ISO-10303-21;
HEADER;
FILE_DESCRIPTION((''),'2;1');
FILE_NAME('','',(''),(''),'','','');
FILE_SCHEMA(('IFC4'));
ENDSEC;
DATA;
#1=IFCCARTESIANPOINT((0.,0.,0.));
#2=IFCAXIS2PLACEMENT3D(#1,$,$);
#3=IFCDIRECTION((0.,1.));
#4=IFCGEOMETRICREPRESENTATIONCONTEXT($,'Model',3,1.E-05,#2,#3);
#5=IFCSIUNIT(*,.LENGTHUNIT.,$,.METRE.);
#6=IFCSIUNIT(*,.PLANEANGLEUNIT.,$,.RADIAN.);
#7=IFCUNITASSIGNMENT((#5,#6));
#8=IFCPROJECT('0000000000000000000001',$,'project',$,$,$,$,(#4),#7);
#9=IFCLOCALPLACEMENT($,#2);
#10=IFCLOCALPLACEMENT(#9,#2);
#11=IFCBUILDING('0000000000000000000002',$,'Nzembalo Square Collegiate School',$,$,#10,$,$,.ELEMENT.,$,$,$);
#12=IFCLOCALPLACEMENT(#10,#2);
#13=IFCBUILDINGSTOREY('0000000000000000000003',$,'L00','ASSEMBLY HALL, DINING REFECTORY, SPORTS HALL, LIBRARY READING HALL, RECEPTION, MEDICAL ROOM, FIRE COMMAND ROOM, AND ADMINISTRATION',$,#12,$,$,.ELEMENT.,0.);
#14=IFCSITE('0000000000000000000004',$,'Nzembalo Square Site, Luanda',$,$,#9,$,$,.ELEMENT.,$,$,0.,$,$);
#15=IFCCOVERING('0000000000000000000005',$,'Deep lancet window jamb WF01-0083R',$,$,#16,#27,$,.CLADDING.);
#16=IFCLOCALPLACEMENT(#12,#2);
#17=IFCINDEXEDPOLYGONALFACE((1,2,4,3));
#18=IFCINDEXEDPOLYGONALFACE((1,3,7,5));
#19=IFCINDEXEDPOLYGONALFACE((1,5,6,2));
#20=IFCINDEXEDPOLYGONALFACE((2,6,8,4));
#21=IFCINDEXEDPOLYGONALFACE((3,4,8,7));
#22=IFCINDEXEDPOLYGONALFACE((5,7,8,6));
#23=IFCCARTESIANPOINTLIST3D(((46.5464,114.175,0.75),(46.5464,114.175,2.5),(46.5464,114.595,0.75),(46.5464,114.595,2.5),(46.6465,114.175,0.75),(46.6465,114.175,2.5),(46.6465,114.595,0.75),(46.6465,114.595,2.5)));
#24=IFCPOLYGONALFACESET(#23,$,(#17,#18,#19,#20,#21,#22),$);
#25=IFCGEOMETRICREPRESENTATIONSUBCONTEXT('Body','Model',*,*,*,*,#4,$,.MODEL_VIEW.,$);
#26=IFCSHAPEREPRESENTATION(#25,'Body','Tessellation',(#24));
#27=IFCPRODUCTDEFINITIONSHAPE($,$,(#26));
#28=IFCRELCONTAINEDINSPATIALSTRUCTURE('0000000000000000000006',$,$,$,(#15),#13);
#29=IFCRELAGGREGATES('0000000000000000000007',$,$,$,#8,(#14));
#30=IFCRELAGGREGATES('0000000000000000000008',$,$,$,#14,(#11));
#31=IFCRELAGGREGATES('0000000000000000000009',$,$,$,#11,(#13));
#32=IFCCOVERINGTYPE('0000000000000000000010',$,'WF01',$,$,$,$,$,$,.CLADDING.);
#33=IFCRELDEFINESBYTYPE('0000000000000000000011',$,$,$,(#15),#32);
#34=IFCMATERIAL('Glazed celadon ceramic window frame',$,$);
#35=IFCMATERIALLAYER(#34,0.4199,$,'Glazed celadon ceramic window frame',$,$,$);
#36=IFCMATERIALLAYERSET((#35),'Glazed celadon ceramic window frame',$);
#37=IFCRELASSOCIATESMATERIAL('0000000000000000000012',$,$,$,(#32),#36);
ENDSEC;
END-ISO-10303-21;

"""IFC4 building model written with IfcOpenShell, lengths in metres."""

from ifc_helpers import new_model, si_unit, direction, frame, origin, origin_2d, place, context, subcontext, project, spatial, rectangle, extrude, material, layer, layer_set, type_object, element, save


model = new_model("IFC4")

# Units and contexts
model_context = context("Model", 3, precision=1e-05, world=origin(), true_north=direction((0.0, 1.0)))
body_context = subcontext(model_context, "Body", "Model", "MODEL_VIEW")
ifc_project = project(units=[si_unit("LENGTHUNIT", "METRE"), si_unit("PLANEANGLEUNIT", "RADIAN")], contexts=[model_context])

# Site, building, storey
site_placement = place(None, origin())
site = spatial("IfcSite", under=ifc_project, at=site_placement, Name="Nzembalo Square Site, Luanda", CompositionType="ELEMENT", RefElevation=0.0)
building_placement = place(site_placement, origin())
building = spatial("IfcBuilding", under=site, at=building_placement, Name="Nzembalo Square Collegiate School", CompositionType="ELEMENT")
storey_placement = place(building_placement, origin())
storey = spatial("IfcBuildingStorey", under=building, at=storey_placement, Name="L00", Description="ASSEMBLY HALL, DINING REFECTORY, SPORTS HALL, LIBRARY READING HALL, RECEPTION, MEDICAL ROOM, FIRE COMMAND ROOM, AND ADMINISTRATION", CompositionType="ELEMENT", Elevation=0.0)

# Covering
ifc_material_1 = material(Name="Glazed celadon ceramic window frame")
ifc_layer_1 = layer(ifc_material_1, 0.4199, Name="Glazed celadon ceramic window frame")
ifc_layer_set_1 = layer_set([ifc_layer_1], Name="Glazed celadon ceramic window frame")
covering_type = type_object("IfcCoveringType", Name="WF01", PredefinedType="CLADDING", material=ifc_layer_set_1)
for number, where, z_axis, x_axis, name in (
    (1, (46.5964, 114.385, 0.75), (0.0, 0.0, 1.0), (1.0, 0.0, 0.0), "Deep lancet window jamb WF01-0083R"),
):
    element("IfcCovering", number, at=place(storey_placement, frame(where, z_axis=z_axis, x_axis=x_axis)), inside=storey, type_object=covering_type, Name=name, PredefinedType="CLADDING", context=body_context, shape_type="SweptSolid", body=[
        extrude(rectangle(XDim=0.1001, YDim=0.4199, at=origin_2d()), origin(), (0.0, 0.0, 1.0), 1.75),
    ])

save(model, "model.ifc")
